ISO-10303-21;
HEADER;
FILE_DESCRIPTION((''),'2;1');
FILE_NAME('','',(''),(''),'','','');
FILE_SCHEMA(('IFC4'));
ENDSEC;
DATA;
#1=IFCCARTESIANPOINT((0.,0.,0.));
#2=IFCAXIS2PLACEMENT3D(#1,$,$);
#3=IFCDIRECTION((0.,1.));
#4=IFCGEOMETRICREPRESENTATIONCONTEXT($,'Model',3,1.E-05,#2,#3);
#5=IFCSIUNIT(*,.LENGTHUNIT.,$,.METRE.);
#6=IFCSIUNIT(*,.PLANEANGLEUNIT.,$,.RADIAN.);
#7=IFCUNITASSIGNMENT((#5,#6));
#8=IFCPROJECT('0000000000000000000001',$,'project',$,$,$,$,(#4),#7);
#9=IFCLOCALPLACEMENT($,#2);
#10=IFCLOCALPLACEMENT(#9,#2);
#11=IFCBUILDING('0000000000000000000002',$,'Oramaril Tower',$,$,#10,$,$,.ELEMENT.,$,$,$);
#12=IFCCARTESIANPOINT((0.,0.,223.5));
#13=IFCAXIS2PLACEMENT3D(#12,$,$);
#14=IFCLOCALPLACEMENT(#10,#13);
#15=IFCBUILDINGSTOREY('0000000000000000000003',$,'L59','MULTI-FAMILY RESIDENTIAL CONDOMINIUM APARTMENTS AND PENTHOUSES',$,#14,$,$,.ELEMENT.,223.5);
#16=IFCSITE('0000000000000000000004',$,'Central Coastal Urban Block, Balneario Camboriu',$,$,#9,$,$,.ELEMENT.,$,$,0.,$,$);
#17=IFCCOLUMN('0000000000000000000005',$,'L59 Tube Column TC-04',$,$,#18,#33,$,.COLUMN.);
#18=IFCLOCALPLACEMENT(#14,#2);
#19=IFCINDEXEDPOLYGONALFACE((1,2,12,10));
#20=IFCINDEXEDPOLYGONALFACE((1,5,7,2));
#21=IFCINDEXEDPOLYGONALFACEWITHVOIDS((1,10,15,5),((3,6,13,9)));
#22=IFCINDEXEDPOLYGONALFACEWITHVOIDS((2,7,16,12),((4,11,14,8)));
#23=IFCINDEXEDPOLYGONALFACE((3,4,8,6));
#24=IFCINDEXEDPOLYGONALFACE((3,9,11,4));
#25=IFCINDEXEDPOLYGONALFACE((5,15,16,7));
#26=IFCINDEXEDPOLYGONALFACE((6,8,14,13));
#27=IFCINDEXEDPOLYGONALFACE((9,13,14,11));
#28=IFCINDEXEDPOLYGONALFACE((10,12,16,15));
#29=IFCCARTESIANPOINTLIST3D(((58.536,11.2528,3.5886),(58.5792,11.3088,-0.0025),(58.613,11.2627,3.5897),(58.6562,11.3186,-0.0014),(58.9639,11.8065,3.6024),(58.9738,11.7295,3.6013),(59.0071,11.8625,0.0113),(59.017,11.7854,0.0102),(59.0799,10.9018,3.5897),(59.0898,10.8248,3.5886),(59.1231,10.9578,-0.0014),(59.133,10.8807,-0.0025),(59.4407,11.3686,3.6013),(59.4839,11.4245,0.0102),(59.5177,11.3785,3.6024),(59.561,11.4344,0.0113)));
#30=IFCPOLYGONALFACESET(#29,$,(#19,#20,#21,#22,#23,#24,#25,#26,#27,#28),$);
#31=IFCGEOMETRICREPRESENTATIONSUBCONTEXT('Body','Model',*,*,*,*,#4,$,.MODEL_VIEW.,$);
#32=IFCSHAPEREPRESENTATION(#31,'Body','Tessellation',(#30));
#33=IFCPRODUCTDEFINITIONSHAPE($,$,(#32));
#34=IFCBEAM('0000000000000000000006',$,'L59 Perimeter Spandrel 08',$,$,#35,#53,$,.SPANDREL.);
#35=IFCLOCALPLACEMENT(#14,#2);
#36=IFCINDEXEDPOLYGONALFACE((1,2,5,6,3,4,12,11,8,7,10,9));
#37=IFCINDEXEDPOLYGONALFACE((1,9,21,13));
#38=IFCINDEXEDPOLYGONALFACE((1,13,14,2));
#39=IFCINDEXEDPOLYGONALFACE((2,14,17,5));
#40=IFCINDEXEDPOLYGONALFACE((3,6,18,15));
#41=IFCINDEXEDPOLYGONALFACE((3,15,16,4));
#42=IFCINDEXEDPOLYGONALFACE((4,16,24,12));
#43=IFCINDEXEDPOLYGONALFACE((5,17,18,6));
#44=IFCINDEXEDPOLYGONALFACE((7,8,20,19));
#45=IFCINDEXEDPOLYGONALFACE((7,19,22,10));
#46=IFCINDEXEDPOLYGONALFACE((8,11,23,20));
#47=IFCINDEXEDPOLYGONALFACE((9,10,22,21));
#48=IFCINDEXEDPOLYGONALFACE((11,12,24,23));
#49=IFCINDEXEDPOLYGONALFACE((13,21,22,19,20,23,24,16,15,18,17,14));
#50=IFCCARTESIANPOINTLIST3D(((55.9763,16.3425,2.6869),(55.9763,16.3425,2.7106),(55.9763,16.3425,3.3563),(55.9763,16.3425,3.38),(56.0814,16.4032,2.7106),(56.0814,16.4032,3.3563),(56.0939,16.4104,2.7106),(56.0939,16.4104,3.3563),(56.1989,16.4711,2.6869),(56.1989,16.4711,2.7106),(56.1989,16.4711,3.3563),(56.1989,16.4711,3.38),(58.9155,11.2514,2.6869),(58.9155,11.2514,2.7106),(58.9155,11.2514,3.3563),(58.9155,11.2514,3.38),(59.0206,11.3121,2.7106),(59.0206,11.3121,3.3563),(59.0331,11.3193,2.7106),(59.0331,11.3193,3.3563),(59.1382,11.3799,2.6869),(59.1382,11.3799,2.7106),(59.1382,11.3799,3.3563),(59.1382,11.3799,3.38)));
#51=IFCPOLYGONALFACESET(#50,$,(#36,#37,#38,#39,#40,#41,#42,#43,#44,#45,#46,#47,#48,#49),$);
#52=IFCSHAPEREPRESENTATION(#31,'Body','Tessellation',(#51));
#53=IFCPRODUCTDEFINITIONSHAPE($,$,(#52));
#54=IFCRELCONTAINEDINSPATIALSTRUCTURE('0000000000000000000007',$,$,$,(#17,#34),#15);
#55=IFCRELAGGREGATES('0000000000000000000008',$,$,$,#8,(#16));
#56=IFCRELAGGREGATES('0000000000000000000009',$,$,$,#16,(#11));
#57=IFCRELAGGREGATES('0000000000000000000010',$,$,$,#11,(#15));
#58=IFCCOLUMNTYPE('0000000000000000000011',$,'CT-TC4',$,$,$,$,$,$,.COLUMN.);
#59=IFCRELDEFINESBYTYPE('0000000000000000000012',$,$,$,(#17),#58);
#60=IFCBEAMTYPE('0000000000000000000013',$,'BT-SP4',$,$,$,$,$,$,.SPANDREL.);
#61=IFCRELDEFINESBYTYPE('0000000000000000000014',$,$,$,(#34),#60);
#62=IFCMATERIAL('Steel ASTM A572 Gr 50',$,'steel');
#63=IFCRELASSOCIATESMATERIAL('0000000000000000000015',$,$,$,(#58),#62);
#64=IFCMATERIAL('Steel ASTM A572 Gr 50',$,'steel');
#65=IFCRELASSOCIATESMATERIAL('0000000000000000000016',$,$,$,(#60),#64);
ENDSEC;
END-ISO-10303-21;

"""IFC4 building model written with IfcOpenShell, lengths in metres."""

from ifc_helpers import new_model, si_unit, direction, frame, origin, origin_2d, place, context, subcontext, project, spatial, hollow_rectangle, i_section, extrude, material, material_profile, profile_set, type_object, element, save


model = new_model("IFC4")

# Units and contexts
model_context = context("Model", 3, precision=1e-05, world=origin(), true_north=direction((0.0, 1.0)))
body_context = subcontext(model_context, "Body", "Model", "MODEL_VIEW")
ifc_project = project(units=[si_unit("LENGTHUNIT", "METRE"), si_unit("PLANEANGLEUNIT", "RADIAN")], contexts=[model_context])

# Site, building, storey
site_placement = place(None, origin())
site = spatial("IfcSite", under=ifc_project, at=site_placement, Name="Central Coastal Urban Block, Balneario Camboriu", CompositionType="ELEMENT", RefElevation=0.0)
building_placement = place(site_placement, origin())
building = spatial("IfcBuilding", under=site, at=building_placement, Name="Oramaril Tower", CompositionType="ELEMENT")
storey_placement = place(building_placement, frame((0.0, 0.0, 223.5)))
storey = spatial("IfcBuildingStorey", under=building, at=storey_placement, Name="L59", Description="MULTI-FAMILY RESIDENTIAL CONDOMINIUM APARTMENTS AND PENTHOUSES", CompositionType="ELEMENT", Elevation=223.5)

# Column
ifc_material_1 = material(Name="Steel ASTM A572 Gr 50", Category="steel")
ifc_material_profile_1 = material_profile(ifc_material_1, hollow_rectangle(XDim=0.7, YDim=0.7, WallThickness=0.0549, at=origin_2d()), Name="BOX700X700X55")
ifc_profile_set_1 = profile_set([ifc_material_profile_1], Name="Steel ASTM A572 Gr 50")
column_type = type_object("IfcColumnType", Name="CT-TC4", PredefinedType="COLUMN", material=ifc_profile_set_1)
column_placement = place(storey_placement, frame((59.0701, 11.3716, 0.0044), z_axis=(-0.012031, -0.015566, 0.999806), x_axis=(0.791209, -0.611546, 0.0)))
element("IfcColumn", 1, at=column_placement, inside=storey, type_object=column_type, Name="L59 Tube Column TC-04", PredefinedType="COLUMN", context=body_context, shape_type="SweptSolid", body=[
    extrude(hollow_rectangle(XDim=0.7, YDim=0.7, WallThickness=0.0549, at=origin_2d()), origin(), (0.0, 0.0, 1.0), 3.5918),
])

# Beam
ifc_material_2 = material(Name="Steel ASTM A572 Gr 50", Category="steel")
ifc_material_profile_2 = material_profile(ifc_material_2, i_section(OverallWidth=0.2571, OverallDepth=0.6931, WebThickness=0.0144, FlangeThickness=0.0237, at=origin_2d()), Name="W27X114")
ifc_profile_set_2 = profile_set([ifc_material_profile_2], Name="Steel ASTM A572 Gr 50")
beam_type = type_object("IfcBeamType", Name="BT-SP4", PredefinedType="SPANDREL", material=ifc_profile_set_2)
beam_placement = place(storey_placement, frame((59.0269, 11.3157, 3.0334), z_axis=(-0.499985, 0.866034, 0.0), x_axis=(-0.866034, -0.499985, 0.0)))
element("IfcBeam", 2, at=beam_placement, inside=storey, type_object=beam_type, Name="L59 Perimeter Spandrel 08", PredefinedType="SPANDREL", context=body_context, shape_type="SweptSolid", body=[
    extrude(i_section(OverallWidth=0.2571, OverallDepth=0.6931, WebThickness=0.0144, FlangeThickness=0.0237, at=origin_2d()), origin(), (0.0, 0.0, 1.0), 5.8787),
])

save(model, "model.ifc")
